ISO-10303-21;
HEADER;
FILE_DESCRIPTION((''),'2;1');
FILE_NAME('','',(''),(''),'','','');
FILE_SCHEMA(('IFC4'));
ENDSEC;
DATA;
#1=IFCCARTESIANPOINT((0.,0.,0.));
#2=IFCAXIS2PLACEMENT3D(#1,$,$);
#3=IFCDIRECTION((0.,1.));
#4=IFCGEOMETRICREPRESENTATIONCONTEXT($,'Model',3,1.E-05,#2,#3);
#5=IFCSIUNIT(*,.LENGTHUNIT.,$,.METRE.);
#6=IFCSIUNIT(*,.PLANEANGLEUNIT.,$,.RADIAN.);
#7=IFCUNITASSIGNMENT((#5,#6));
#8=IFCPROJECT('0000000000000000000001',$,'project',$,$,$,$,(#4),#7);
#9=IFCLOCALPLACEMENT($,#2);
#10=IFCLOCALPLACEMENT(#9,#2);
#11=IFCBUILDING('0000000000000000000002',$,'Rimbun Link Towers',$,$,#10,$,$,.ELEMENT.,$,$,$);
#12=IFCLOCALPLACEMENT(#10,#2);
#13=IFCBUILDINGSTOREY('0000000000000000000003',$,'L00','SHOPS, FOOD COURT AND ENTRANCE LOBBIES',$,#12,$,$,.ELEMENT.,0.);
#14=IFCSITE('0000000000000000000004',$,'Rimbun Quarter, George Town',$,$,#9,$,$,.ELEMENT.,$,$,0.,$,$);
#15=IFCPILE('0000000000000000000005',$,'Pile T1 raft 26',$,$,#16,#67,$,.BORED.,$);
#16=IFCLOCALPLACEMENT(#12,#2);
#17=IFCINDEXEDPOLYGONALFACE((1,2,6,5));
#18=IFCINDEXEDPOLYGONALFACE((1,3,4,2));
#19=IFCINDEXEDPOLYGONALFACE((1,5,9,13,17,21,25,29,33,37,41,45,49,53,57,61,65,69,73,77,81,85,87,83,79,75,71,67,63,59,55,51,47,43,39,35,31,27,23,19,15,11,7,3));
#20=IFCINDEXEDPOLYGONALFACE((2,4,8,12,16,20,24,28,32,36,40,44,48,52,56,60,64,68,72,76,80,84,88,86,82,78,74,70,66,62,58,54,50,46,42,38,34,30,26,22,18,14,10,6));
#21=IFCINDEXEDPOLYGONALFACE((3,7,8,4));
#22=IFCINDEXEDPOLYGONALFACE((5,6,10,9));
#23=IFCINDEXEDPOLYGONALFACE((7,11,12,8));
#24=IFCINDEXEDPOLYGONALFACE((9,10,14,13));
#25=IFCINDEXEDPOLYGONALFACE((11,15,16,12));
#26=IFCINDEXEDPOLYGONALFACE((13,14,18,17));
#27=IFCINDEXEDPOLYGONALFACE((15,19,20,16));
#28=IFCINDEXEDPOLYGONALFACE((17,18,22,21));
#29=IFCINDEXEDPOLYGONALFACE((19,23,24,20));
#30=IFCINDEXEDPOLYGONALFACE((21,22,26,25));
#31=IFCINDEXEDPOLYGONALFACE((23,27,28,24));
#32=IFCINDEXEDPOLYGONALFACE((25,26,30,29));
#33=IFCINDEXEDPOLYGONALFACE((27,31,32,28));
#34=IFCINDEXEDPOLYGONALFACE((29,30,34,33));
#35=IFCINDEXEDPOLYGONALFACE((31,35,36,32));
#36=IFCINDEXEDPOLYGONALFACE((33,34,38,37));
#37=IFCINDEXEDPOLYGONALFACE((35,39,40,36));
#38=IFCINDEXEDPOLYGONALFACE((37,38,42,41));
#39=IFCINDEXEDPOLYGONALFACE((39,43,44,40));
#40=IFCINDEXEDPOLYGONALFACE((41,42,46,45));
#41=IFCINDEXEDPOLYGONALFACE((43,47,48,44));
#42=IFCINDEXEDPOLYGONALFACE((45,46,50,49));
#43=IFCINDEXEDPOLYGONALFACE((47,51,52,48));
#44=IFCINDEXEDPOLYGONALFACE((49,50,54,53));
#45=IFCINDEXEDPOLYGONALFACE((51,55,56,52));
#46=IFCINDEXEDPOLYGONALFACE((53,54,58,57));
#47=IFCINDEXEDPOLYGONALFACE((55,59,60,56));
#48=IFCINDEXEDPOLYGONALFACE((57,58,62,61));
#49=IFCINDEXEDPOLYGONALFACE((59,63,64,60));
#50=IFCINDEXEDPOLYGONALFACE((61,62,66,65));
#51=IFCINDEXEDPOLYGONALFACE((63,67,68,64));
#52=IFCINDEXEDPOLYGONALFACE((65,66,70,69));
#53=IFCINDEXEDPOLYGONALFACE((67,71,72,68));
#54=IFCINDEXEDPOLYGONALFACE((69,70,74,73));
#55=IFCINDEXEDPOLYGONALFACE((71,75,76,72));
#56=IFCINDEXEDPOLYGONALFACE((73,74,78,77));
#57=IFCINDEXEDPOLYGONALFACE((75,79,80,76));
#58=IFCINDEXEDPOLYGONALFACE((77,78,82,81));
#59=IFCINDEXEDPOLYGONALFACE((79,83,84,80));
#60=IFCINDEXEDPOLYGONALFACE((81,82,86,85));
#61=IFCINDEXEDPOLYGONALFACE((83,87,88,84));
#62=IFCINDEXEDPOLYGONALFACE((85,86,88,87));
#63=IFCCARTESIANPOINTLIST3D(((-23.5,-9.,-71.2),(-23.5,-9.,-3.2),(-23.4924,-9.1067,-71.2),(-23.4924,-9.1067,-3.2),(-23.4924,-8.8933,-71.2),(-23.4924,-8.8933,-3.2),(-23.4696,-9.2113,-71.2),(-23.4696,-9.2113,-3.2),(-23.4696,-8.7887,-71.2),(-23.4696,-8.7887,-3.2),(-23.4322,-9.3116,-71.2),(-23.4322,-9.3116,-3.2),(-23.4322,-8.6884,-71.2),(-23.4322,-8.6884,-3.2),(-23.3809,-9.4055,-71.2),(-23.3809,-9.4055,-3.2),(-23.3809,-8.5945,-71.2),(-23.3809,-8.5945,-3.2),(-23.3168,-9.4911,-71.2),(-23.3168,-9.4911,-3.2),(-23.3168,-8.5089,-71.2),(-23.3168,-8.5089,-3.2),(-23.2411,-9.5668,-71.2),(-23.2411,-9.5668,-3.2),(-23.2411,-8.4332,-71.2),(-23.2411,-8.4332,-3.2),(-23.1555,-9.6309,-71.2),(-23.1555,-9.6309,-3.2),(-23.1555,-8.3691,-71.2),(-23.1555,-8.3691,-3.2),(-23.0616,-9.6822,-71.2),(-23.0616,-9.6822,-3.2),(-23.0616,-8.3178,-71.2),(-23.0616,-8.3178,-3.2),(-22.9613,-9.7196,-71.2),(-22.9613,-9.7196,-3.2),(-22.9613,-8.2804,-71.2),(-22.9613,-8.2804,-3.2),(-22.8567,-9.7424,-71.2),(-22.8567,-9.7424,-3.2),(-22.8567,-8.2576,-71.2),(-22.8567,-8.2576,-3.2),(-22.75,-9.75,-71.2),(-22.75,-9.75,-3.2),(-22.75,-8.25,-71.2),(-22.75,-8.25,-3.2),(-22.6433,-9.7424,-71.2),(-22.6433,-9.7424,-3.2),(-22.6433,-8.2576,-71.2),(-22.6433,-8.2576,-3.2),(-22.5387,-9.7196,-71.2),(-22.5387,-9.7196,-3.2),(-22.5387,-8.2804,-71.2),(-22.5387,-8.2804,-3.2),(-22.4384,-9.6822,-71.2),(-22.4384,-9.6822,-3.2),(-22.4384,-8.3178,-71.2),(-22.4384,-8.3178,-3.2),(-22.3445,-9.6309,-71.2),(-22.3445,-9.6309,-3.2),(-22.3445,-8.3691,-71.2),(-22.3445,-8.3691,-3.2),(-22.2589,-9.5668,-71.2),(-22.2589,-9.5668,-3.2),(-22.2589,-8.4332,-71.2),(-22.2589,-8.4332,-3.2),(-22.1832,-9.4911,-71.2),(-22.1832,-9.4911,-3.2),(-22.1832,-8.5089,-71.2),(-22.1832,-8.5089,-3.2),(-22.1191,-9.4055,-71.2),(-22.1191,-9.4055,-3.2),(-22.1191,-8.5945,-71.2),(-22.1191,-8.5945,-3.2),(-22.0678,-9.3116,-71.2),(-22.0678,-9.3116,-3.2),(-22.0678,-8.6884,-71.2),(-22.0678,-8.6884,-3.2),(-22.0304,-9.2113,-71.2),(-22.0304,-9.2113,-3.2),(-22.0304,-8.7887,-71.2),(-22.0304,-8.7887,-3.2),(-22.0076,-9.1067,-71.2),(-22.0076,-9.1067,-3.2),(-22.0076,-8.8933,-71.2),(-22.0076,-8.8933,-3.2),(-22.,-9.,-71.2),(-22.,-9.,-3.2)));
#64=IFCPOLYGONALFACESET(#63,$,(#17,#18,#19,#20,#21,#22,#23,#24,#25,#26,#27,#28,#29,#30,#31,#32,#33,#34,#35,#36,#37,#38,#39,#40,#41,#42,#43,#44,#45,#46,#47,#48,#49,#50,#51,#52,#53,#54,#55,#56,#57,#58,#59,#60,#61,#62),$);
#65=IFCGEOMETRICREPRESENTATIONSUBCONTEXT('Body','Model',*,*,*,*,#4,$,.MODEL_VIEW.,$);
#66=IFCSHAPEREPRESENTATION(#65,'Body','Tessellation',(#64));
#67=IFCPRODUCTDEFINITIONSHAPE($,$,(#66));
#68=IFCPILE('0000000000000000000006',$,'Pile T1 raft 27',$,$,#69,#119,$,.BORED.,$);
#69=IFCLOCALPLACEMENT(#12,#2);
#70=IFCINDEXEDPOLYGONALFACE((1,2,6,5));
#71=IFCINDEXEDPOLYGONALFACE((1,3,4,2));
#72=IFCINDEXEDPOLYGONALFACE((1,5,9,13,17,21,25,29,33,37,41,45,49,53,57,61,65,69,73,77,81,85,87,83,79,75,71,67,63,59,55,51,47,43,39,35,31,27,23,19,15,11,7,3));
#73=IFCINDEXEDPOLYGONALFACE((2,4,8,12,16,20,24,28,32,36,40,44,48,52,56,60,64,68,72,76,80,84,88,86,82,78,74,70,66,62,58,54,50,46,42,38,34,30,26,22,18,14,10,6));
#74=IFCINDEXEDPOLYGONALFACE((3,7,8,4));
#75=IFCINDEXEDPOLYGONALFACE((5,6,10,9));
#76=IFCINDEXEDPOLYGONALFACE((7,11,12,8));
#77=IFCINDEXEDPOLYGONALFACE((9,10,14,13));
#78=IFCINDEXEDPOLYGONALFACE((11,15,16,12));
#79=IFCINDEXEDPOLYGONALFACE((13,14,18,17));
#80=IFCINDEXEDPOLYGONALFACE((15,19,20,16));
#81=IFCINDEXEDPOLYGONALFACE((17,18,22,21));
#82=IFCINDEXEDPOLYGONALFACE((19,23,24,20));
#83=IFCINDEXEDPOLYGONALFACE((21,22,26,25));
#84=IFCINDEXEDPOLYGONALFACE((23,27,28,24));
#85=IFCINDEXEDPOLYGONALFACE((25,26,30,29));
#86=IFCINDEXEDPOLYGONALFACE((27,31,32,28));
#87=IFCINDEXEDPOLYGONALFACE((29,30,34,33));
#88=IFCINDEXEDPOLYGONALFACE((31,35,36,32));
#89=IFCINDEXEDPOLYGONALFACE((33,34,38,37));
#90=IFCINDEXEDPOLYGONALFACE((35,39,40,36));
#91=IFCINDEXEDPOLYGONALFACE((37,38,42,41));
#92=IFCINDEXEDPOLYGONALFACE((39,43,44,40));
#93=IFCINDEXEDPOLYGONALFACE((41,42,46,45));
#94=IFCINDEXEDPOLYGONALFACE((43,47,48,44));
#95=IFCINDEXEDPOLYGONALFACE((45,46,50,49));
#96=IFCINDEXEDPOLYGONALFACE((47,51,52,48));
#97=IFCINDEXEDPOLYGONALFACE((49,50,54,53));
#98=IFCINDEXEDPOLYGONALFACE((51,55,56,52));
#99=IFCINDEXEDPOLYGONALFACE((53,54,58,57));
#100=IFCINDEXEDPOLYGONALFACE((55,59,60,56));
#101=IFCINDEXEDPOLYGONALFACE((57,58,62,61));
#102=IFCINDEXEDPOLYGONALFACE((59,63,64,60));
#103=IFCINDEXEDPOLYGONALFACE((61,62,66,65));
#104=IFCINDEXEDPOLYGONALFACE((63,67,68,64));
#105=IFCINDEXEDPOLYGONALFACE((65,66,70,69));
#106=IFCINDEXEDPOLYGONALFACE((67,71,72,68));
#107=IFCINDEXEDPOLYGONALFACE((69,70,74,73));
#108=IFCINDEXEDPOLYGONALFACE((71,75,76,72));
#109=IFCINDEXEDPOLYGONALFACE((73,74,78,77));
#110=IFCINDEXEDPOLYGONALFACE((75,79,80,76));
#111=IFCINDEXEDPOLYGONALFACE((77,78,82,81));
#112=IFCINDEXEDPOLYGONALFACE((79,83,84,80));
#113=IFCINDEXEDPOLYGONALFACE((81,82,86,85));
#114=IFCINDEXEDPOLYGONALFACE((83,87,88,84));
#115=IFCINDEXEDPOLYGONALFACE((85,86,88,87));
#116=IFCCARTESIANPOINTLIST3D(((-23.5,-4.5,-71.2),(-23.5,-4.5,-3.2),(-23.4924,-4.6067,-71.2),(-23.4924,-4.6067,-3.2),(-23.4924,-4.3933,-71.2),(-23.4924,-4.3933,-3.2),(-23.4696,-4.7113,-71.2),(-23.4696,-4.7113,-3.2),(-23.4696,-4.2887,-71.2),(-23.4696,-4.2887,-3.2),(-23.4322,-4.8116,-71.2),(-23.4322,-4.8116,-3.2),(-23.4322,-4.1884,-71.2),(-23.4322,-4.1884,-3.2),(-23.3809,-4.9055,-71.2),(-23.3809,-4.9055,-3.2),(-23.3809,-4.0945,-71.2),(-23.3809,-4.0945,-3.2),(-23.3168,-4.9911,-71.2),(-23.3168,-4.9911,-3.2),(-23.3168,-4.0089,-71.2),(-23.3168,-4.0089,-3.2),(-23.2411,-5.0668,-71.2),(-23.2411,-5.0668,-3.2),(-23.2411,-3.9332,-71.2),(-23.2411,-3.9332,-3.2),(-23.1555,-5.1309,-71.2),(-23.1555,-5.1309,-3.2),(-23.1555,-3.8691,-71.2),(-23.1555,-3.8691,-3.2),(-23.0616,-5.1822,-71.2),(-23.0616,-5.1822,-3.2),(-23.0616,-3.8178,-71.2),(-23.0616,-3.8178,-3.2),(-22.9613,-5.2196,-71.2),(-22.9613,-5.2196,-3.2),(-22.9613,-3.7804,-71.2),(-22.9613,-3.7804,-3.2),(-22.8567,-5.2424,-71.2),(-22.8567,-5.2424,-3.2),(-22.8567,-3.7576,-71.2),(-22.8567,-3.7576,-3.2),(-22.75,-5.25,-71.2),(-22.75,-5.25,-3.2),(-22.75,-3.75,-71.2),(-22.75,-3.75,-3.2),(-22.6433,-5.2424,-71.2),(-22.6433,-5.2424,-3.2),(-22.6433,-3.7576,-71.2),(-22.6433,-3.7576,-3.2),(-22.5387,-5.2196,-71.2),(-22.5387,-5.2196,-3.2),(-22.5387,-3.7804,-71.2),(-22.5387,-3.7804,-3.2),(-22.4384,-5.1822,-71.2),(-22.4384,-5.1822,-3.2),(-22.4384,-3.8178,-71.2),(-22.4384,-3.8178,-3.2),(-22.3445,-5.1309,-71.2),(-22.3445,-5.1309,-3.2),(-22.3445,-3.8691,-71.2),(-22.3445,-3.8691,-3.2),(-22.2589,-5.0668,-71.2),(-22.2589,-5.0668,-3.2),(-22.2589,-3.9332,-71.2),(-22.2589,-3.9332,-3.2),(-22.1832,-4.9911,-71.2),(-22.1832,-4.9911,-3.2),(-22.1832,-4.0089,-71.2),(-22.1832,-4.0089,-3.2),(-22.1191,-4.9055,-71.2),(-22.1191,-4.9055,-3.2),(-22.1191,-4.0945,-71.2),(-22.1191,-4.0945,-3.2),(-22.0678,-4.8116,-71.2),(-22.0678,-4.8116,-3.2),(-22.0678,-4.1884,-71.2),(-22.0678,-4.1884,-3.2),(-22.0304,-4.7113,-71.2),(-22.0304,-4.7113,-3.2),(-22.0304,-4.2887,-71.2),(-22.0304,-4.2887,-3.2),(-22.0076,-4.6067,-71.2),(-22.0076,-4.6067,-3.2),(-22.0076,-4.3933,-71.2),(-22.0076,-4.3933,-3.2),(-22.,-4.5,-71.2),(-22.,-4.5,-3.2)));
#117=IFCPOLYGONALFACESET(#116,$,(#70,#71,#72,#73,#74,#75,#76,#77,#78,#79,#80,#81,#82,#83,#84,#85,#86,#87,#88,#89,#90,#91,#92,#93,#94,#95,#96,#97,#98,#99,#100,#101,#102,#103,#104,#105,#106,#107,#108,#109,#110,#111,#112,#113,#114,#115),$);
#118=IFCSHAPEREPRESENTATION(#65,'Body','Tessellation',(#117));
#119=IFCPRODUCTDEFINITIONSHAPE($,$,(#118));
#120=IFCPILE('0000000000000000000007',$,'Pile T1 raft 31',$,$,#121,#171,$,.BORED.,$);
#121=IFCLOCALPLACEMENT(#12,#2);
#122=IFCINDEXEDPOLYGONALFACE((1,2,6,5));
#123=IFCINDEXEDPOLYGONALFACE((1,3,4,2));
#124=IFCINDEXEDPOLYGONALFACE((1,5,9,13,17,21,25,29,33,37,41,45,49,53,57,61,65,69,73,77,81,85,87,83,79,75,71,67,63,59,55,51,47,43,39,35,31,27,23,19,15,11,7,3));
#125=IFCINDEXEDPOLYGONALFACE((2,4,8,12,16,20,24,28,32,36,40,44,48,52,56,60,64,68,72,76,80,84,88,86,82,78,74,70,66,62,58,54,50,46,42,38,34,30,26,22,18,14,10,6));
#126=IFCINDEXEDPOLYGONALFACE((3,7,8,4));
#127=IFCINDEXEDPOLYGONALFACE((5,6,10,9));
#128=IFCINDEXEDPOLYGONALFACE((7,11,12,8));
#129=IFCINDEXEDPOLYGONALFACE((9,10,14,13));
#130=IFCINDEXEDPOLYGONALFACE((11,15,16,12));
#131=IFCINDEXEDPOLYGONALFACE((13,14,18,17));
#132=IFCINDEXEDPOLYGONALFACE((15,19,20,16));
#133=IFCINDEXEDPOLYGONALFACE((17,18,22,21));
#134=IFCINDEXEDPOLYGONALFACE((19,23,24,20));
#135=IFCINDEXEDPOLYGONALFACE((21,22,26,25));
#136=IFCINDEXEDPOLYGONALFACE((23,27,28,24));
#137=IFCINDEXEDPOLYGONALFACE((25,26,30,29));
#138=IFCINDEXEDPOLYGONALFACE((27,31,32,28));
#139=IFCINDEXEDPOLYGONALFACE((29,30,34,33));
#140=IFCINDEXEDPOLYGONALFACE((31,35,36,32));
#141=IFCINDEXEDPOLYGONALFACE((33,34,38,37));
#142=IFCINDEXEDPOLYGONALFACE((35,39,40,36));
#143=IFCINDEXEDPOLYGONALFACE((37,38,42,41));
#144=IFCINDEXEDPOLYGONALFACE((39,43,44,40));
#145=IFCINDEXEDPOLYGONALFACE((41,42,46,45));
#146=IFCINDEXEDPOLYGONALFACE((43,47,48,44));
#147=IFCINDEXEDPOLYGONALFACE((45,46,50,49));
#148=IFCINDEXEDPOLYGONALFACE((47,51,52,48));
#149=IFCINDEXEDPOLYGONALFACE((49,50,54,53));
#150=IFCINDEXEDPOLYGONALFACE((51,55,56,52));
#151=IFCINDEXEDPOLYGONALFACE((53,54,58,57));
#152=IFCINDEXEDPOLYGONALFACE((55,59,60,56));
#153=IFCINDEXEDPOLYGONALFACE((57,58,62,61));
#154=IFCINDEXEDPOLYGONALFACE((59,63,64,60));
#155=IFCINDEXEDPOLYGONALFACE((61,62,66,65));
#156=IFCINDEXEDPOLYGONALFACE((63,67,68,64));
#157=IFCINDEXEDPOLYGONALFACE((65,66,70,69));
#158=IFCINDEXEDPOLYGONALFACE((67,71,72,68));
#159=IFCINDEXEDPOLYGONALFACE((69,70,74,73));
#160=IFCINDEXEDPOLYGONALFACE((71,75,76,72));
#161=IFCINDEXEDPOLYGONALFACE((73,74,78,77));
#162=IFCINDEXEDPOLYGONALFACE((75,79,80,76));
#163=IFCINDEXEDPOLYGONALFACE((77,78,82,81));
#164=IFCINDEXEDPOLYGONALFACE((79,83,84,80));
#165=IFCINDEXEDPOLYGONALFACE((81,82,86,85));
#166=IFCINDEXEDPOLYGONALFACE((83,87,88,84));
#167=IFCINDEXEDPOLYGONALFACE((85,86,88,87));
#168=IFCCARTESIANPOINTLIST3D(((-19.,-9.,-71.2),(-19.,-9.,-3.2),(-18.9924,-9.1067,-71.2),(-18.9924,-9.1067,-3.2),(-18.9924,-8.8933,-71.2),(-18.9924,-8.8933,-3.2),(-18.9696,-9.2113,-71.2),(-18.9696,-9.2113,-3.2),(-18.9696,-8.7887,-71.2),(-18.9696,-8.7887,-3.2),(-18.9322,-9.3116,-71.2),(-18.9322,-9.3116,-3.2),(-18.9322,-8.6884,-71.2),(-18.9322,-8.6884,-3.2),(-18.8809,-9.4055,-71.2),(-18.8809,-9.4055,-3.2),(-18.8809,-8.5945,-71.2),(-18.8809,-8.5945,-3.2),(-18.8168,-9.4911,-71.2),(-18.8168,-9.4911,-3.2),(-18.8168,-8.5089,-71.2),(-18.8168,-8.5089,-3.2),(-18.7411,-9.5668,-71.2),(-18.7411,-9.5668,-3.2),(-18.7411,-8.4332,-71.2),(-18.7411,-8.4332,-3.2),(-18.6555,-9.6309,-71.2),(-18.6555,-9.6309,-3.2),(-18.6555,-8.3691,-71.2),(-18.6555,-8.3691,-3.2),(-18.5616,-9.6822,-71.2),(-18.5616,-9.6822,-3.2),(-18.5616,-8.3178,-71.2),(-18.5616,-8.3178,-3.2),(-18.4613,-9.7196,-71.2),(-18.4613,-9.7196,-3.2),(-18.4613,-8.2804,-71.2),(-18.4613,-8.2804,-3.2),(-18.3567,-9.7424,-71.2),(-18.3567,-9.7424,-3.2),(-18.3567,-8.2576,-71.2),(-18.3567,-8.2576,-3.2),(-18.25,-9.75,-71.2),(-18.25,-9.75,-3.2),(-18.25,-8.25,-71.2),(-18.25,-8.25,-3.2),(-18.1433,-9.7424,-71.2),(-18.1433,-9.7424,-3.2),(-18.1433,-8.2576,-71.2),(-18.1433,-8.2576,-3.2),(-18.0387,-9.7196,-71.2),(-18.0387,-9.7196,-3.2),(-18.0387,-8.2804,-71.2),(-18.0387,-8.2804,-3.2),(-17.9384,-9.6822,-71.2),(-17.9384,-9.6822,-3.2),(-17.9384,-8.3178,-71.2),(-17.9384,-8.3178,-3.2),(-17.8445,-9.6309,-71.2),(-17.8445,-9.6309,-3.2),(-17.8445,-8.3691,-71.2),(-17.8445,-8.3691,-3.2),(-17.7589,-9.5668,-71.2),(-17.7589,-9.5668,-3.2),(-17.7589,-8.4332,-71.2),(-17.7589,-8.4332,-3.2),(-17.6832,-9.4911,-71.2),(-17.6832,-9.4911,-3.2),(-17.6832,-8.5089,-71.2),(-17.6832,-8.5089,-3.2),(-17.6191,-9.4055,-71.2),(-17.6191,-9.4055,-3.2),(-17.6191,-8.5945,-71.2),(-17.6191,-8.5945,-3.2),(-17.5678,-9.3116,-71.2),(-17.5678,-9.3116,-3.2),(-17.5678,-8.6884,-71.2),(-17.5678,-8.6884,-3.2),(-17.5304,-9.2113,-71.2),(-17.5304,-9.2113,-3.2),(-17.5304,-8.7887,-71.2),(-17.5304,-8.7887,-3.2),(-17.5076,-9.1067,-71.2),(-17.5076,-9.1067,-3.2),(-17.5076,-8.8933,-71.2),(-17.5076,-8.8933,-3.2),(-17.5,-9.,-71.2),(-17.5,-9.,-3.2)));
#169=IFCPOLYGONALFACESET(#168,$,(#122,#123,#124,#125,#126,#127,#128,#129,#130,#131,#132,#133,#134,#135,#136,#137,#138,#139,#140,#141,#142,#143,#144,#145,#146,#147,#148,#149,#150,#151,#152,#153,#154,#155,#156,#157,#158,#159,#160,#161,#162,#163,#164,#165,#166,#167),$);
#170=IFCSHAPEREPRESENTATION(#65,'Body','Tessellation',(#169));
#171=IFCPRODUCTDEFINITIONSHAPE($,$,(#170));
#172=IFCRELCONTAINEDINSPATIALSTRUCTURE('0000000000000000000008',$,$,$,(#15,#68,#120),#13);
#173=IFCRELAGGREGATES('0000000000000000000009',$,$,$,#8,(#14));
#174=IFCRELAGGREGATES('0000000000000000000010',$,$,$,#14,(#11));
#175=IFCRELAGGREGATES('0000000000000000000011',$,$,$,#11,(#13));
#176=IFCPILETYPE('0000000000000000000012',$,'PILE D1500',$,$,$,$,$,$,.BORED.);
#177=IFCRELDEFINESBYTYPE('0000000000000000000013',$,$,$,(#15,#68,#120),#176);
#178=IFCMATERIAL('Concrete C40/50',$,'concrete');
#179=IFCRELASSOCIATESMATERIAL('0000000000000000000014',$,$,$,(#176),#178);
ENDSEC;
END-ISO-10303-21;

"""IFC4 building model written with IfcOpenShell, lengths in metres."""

from ifc_helpers import new_model, si_unit, direction, frame, origin, origin_2d, place, context, subcontext, project, spatial, circle, extrude, material, material_profile, profile_set, type_object, element, save


model = new_model("IFC4")

# Units and contexts
model_context = context("Model", 3, precision=1e-05, world=origin(), true_north=direction((0.0, 1.0)))
body_context = subcontext(model_context, "Body", "Model", "MODEL_VIEW")
ifc_project = project(units=[si_unit("LENGTHUNIT", "METRE"), si_unit("PLANEANGLEUNIT", "RADIAN")], contexts=[model_context])

# Site, building, storey
site_placement = place(None, origin())
site = spatial("IfcSite", under=ifc_project, at=site_placement, Name="Rimbun Quarter, George Town", CompositionType="ELEMENT", RefElevation=0.0)
building_placement = place(site_placement, origin())
building = spatial("IfcBuilding", under=site, at=building_placement, Name="Rimbun Link Towers", CompositionType="ELEMENT")
storey_placement = place(building_placement, origin())
storey = spatial("IfcBuildingStorey", under=building, at=storey_placement, Name="L00", Description="SHOPS, FOOD COURT AND ENTRANCE LOBBIES", CompositionType="ELEMENT", Elevation=0.0)

# Piles
ifc_material_1 = material(Name="Concrete C40/50", Category="concrete")
ifc_material_profile = material_profile(ifc_material_1, circle(Radius=0.75, at=origin_2d()), Name="PILE D1500")
ifc_profile_set = profile_set([ifc_material_profile], Name="Concrete C40/50")
pile_type = type_object("IfcPileType", Name="PILE D1500", PredefinedType="BORED", material=ifc_profile_set)
for number, where, z_axis, x_axis, name in (
    (1, (-22.75, -9.0, -3.2), (0.0, 0.0, -1.0), (1.0, 0.0, 0.0), "Pile T1 raft 26"),
    (2, (-22.75, -4.5, -3.2), (0.0, 0.0, -1.0), (1.0, 0.0, 0.0), "Pile T1 raft 27"),
    (3, (-18.25, -9.0, -3.2), (0.0, 0.0, -1.0), (1.0, 0.0, 0.0), "Pile T1 raft 31"),
):
    element("IfcPile", number, at=place(storey_placement, frame(where, z_axis=z_axis, x_axis=x_axis)), inside=storey, type_object=pile_type, Name=name, PredefinedType="BORED", context=body_context, shape_type="SweptSolid", body=[
        extrude(circle(Radius=0.75, at=origin_2d()), origin(), (0.0, 0.0, 1.0), 68.0),
    ])

save(model, "model.ifc")
